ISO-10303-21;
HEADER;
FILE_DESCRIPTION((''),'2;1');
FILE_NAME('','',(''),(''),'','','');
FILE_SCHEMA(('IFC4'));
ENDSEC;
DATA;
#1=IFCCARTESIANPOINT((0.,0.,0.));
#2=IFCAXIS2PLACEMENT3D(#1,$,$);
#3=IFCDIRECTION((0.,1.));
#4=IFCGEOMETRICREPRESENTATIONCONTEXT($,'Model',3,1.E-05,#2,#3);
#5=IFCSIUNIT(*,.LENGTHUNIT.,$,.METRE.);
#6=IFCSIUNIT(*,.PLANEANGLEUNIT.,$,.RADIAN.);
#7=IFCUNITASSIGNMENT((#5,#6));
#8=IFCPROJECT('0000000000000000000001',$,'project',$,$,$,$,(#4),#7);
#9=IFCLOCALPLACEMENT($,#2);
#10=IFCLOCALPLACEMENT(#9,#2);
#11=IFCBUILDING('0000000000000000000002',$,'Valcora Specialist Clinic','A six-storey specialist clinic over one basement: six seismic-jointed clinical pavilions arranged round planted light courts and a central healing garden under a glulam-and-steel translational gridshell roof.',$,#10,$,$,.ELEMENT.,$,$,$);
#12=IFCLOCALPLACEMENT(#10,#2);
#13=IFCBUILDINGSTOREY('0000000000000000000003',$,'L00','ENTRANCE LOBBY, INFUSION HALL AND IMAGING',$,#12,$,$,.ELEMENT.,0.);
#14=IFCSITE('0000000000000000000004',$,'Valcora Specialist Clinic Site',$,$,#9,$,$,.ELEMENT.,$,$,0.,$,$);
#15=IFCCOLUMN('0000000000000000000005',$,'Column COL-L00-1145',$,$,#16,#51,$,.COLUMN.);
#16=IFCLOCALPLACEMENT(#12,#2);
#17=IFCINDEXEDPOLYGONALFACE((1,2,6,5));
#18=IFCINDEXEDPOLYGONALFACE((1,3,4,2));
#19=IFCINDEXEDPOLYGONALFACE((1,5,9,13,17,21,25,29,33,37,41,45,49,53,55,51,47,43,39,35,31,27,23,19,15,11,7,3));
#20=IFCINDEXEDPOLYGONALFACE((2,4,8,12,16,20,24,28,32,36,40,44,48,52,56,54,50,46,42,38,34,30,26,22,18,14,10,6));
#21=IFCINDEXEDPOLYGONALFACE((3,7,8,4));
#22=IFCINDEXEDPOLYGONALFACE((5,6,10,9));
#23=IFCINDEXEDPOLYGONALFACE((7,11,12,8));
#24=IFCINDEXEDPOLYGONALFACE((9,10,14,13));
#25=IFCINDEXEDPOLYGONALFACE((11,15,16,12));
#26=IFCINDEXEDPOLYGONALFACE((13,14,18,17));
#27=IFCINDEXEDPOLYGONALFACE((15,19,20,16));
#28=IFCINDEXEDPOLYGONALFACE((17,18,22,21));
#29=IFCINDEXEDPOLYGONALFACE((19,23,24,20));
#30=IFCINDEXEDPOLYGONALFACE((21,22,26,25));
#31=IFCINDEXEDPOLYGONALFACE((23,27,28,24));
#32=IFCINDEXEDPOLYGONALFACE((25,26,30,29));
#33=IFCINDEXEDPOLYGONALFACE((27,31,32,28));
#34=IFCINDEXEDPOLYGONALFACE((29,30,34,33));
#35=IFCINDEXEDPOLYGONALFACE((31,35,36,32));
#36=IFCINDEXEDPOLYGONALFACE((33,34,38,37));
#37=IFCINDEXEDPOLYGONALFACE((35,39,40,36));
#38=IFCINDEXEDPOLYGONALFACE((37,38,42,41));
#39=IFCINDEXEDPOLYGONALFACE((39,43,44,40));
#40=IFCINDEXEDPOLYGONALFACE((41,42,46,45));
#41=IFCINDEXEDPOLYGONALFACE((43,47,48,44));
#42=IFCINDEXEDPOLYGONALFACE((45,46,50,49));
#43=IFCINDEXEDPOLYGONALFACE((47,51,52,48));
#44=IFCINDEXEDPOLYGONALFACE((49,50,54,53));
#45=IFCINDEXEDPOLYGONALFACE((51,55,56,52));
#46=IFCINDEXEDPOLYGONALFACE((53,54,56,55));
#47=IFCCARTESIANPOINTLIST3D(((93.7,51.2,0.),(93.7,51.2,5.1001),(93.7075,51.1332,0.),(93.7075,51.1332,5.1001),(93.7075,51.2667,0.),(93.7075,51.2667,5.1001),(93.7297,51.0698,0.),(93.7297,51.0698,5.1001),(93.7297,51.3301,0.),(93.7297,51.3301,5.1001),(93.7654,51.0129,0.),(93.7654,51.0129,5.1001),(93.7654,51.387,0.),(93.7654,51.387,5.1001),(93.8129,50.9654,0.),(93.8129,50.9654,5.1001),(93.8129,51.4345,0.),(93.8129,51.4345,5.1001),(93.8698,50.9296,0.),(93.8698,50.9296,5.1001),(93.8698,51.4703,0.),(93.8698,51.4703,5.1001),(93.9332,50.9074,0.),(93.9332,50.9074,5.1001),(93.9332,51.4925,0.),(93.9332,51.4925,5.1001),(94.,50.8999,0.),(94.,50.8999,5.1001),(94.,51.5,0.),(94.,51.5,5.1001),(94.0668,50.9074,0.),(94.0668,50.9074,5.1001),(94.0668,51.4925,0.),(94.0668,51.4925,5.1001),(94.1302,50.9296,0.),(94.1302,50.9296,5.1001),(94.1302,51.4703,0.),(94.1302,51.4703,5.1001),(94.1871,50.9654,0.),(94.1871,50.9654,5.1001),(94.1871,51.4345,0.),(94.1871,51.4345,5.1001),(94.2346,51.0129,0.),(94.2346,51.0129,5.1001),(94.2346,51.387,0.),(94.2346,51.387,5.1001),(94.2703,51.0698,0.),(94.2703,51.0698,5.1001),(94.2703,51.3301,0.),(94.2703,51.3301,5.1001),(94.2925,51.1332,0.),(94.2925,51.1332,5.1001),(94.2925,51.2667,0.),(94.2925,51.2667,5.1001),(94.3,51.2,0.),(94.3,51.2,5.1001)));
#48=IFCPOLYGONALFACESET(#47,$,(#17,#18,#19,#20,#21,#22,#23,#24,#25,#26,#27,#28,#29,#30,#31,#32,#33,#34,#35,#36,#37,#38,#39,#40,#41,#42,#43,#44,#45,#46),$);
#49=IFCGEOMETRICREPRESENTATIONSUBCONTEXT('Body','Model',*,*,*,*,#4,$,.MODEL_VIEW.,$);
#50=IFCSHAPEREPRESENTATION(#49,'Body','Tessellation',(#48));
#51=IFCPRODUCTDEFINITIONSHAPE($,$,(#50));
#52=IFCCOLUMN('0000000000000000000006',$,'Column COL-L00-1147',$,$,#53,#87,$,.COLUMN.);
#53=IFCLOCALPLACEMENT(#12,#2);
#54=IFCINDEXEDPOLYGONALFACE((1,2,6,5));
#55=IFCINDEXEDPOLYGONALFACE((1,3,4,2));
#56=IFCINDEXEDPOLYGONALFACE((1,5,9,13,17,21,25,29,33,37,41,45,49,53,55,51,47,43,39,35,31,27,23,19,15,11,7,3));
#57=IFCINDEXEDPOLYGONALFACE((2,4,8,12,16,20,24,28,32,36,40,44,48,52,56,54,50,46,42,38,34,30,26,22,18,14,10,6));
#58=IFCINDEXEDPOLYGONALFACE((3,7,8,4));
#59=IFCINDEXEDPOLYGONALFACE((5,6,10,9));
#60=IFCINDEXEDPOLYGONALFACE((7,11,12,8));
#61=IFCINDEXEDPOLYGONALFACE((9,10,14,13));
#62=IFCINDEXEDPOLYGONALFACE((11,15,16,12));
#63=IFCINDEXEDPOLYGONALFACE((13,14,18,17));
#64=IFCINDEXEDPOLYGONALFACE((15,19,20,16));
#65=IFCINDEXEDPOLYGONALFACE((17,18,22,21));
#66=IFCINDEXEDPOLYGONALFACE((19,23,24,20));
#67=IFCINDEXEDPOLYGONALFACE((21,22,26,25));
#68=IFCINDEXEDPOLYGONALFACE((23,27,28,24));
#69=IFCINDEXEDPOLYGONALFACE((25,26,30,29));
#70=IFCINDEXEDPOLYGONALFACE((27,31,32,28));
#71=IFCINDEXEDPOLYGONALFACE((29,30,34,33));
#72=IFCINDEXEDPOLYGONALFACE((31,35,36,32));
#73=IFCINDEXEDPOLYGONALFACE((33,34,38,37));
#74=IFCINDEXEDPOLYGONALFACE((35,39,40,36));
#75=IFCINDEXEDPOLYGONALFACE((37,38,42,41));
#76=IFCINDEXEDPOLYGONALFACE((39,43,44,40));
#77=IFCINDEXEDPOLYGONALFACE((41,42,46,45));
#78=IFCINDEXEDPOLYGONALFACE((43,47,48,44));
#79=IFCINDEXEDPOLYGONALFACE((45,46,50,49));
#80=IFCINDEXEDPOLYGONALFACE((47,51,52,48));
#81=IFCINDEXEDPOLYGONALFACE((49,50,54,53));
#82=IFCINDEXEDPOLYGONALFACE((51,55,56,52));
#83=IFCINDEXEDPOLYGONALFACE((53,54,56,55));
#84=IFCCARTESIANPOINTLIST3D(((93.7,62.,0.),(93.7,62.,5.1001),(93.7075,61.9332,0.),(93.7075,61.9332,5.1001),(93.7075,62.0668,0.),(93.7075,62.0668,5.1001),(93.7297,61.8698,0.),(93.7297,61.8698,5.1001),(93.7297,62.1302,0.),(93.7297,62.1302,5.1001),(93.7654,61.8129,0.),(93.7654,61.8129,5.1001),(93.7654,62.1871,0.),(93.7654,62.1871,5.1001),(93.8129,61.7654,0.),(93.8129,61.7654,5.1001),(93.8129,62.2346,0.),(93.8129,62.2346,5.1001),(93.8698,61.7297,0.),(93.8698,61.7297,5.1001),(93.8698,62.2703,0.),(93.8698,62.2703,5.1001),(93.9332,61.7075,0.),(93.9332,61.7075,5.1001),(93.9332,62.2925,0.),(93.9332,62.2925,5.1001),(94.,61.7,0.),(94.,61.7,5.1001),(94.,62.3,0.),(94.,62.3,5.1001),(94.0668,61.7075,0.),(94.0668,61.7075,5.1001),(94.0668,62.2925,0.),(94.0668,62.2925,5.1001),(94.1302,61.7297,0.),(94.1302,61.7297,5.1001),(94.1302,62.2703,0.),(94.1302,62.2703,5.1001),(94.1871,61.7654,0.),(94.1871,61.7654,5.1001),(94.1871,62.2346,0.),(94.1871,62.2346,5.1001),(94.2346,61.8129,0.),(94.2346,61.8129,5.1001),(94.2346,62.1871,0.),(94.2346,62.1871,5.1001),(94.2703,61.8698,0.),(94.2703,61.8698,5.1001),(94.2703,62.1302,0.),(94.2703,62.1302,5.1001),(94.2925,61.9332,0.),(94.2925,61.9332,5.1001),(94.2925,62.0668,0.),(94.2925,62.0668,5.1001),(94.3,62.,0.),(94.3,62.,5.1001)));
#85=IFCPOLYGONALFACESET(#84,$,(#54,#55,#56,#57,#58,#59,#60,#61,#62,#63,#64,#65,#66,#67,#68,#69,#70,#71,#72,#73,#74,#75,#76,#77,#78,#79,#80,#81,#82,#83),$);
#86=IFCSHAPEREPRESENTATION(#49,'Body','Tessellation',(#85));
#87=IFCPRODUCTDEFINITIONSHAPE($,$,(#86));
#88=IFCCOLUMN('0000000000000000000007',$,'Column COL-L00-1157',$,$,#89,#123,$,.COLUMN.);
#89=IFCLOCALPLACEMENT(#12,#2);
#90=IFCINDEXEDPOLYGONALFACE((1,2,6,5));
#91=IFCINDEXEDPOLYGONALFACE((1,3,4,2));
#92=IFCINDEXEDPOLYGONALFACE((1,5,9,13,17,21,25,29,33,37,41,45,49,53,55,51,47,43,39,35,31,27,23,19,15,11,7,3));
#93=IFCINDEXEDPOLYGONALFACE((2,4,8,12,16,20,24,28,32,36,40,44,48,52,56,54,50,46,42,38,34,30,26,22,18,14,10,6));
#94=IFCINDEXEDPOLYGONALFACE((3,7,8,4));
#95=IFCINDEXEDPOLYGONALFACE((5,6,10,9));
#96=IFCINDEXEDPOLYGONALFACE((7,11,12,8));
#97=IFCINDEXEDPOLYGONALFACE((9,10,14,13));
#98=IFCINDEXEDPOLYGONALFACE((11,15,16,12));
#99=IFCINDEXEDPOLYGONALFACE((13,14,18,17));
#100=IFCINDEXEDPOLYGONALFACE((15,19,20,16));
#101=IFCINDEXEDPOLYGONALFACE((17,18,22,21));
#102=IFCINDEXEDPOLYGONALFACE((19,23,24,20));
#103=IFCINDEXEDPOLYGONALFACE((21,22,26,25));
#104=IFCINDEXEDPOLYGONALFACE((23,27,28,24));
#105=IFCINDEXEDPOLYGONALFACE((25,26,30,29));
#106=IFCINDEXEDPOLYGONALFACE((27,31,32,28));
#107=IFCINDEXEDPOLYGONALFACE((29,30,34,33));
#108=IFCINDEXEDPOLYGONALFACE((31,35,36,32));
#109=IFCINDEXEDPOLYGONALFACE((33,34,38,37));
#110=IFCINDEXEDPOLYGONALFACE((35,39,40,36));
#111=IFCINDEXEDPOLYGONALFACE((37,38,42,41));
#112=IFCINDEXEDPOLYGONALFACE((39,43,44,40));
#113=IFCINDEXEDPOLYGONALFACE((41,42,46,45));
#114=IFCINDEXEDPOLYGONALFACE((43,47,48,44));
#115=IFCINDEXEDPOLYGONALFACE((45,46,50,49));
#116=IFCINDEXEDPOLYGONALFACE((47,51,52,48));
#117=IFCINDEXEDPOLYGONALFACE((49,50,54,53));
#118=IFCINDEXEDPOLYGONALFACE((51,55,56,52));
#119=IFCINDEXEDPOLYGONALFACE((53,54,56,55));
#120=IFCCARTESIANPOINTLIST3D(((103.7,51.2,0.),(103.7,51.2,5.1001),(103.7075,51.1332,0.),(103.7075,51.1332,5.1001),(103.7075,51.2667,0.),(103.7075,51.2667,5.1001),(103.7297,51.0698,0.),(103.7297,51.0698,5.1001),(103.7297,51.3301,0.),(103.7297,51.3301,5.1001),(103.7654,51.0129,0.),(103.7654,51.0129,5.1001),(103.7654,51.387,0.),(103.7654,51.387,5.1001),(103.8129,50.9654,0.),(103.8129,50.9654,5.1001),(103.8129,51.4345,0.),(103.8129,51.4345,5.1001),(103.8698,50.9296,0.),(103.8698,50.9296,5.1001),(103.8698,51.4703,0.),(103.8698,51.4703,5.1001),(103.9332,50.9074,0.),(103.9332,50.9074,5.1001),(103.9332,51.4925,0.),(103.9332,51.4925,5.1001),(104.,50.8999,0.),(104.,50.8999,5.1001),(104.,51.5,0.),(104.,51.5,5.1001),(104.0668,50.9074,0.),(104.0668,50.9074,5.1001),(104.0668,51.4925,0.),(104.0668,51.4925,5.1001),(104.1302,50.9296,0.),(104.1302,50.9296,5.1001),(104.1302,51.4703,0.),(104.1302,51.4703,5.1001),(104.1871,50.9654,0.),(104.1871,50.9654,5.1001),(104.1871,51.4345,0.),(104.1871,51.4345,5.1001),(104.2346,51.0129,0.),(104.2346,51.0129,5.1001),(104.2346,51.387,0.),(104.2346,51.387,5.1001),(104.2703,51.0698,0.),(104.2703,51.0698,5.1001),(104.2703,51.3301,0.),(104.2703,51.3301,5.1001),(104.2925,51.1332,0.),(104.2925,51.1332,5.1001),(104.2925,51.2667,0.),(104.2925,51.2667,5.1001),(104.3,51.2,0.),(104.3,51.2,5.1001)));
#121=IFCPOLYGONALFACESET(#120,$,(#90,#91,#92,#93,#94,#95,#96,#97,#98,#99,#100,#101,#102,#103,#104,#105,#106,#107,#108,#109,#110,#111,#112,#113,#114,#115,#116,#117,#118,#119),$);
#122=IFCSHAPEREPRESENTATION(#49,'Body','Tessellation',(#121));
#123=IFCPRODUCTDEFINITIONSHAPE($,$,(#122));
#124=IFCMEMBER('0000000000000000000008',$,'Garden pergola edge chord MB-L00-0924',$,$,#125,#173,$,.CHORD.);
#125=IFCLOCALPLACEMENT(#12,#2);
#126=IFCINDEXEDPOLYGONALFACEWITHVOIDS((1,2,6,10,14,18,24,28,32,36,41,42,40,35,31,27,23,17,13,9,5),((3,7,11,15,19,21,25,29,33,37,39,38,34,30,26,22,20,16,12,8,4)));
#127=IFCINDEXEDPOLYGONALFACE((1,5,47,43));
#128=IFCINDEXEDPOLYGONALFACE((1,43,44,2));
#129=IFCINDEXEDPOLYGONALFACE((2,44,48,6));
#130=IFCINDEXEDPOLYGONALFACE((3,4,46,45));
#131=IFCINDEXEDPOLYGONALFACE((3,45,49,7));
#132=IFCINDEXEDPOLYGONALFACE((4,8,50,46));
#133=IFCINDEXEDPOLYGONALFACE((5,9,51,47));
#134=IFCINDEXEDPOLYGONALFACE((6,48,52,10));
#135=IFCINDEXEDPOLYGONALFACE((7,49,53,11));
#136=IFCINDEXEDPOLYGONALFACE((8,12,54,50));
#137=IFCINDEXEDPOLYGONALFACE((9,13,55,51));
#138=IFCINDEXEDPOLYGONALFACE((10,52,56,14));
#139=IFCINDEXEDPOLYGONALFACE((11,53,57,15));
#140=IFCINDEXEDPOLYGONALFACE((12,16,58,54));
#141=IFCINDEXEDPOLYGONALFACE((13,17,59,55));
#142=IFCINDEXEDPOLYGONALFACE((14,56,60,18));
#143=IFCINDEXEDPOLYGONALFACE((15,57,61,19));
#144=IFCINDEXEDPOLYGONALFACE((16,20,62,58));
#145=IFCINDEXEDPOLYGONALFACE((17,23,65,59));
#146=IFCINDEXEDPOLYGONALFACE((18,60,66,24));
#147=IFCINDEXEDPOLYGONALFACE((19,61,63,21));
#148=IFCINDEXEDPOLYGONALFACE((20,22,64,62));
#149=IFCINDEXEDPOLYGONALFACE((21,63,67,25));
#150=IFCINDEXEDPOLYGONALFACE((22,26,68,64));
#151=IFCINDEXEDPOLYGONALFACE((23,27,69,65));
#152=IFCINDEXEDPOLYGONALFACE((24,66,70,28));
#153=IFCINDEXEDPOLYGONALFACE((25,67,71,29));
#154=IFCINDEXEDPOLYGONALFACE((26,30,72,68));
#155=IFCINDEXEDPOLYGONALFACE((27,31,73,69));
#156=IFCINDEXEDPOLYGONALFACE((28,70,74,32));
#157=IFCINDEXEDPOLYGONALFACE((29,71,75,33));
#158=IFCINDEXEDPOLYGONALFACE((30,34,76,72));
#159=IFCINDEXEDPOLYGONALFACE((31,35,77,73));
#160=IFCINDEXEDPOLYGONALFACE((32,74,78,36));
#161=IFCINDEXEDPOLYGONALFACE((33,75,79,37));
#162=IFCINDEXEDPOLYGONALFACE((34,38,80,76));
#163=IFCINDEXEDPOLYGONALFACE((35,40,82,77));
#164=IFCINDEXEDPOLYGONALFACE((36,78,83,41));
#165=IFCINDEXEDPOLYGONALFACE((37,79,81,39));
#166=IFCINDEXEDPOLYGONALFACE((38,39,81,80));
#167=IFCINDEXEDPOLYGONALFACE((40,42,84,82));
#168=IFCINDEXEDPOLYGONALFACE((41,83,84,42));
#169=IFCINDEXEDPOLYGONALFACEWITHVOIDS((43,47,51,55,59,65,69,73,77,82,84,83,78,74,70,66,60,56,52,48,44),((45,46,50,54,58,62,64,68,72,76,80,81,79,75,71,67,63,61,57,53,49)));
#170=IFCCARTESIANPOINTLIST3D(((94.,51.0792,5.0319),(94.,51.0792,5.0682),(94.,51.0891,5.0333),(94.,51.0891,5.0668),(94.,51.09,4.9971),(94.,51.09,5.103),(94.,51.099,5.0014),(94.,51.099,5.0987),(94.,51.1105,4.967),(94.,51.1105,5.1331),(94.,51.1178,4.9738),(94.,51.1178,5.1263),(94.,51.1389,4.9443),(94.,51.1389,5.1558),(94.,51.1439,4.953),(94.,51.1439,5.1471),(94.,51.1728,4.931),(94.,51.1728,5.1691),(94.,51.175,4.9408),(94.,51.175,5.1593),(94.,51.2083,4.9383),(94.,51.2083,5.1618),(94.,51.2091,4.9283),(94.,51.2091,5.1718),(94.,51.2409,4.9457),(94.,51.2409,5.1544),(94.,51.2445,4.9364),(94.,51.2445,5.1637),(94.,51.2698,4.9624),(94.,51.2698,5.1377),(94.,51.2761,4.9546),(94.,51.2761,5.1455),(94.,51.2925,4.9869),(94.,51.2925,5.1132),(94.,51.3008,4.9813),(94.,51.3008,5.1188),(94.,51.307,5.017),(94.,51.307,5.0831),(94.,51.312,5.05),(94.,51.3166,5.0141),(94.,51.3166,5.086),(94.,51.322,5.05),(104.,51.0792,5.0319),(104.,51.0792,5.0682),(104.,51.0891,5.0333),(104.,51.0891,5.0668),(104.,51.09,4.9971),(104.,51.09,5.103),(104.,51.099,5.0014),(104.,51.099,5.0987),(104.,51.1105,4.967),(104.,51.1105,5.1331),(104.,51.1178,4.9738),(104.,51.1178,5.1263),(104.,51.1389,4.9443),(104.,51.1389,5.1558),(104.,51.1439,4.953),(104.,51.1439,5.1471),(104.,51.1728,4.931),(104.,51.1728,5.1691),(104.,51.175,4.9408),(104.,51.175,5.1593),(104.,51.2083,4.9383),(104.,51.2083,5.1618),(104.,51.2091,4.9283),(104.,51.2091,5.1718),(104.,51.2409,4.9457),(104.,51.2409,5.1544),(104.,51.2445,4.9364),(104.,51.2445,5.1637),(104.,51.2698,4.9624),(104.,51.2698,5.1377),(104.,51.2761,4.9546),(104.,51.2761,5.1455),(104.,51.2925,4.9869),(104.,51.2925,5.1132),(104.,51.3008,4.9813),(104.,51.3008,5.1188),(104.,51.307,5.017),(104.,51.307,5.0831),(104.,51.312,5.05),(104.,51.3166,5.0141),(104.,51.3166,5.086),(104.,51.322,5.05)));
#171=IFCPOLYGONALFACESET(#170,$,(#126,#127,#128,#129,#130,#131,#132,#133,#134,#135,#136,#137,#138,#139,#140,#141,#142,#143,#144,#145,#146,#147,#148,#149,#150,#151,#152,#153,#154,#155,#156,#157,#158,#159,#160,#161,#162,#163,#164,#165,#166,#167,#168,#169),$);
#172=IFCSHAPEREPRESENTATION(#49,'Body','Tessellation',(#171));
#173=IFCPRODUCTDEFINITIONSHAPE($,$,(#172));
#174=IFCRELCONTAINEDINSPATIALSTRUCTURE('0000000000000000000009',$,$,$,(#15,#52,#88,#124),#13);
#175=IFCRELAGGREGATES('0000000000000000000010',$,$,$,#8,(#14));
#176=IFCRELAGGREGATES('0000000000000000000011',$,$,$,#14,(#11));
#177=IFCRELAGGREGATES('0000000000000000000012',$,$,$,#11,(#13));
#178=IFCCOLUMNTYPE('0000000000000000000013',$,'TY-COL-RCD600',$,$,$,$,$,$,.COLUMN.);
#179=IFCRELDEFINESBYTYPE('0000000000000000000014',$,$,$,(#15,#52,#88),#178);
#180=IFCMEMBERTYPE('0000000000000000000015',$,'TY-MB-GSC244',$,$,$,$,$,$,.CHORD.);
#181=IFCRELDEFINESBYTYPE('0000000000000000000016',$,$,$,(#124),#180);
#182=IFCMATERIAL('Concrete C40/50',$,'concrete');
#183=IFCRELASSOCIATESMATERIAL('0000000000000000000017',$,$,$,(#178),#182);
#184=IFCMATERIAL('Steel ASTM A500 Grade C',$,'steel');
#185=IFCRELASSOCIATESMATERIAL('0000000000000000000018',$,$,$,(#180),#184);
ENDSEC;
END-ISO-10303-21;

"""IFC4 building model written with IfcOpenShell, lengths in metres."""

from ifc_helpers import new_model, si_unit, direction, frame, origin, origin_2d, place, context, subcontext, project, spatial, circle, hollow_circle, extrude, material, material_profile, profile_set, type_object, element, save


model = new_model("IFC4")

# Units and contexts
model_context = context("Model", 3, precision=1e-05, world=origin(), true_north=direction((0.0, 1.0)))
body_context = subcontext(model_context, "Body", "Model", "MODEL_VIEW")
ifc_project = project(units=[si_unit("LENGTHUNIT", "METRE"), si_unit("PLANEANGLEUNIT", "RADIAN")], contexts=[model_context])

# Site, building, storey
site_placement = place(None, origin())
site = spatial("IfcSite", under=ifc_project, at=site_placement, Name="Valcora Specialist Clinic Site", CompositionType="ELEMENT", RefElevation=0.0)
building_placement = place(site_placement, origin())
building = spatial("IfcBuilding", under=site, at=building_placement, Name="Valcora Specialist Clinic", Description="A six-storey specialist clinic over one basement: six seismic-jointed clinical pavilions arranged round planted light courts and a central healing garden under a glulam-and-steel translational gridshell roof.", CompositionType="ELEMENT")
storey_placement = place(building_placement, origin())
storey = spatial("IfcBuildingStorey", under=building, at=storey_placement, Name="L00", Description="ENTRANCE LOBBY, INFUSION HALL AND IMAGING", CompositionType="ELEMENT", Elevation=0.0)

# Columns
ifc_material_1 = material(Name="Concrete C40/50", Category="concrete")
ifc_material_profile_1 = material_profile(ifc_material_1, circle(Radius=0.3, at=origin_2d()), Name="RC-COL-D600")
ifc_profile_set_1 = profile_set([ifc_material_profile_1], Name="Concrete C40/50")
column_type = type_object("IfcColumnType", Name="TY-COL-RCD600", PredefinedType="COLUMN", material=ifc_profile_set_1)
for number, where, z_axis, x_axis, name in (
    (1, (94.0, 51.2, 0.0), (0.0, 0.0, 1.0), (1.0, 0.0, 0.0), "Column COL-L00-1145"),
    (2, (94.0, 62.0, 0.0), (0.0, 0.0, 1.0), (1.0, 0.0, 0.0), "Column COL-L00-1147"),
    (3, (104.0, 51.2, 0.0), (0.0, 0.0, 1.0), (1.0, 0.0, 0.0), "Column COL-L00-1157"),
):
    element("IfcColumn", number, at=place(storey_placement, frame(where, z_axis=z_axis, x_axis=x_axis)), inside=storey, type_object=column_type, Name=name, PredefinedType="COLUMN", context=body_context, shape_type="SweptSolid", body=[
        extrude(circle(Radius=0.3, at=origin_2d()), origin(), (0.0, 0.0, 1.0), 5.1001),
    ])

# Member
ifc_material_2 = material(Name="Steel ASTM A500 Grade C", Category="steel")
ifc_material_profile_2 = material_profile(ifc_material_2, hollow_circle(Radius=0.1221, WallThickness=0.01, at=origin_2d()), Name="ST-CHS-244X10")
ifc_profile_set_2 = profile_set([ifc_material_profile_2], Name="Steel ASTM A500 Grade C")
member_type_1 = type_object("IfcMemberType", Name="TY-MB-GSC244", PredefinedType="CHORD", material=ifc_profile_set_2)
for number, where, z_axis, x_axis, name in (
    (4, (94.0, 51.2, 5.05), (1.0, 0.0, 0.0), (0.0, 1.0, 0.0), "Garden pergola edge chord MB-L00-0924"),
):
    element("IfcMember", number, at=place(storey_placement, frame(where, z_axis=z_axis, x_axis=x_axis)), inside=storey, type_object=member_type_1, Name=name, PredefinedType="CHORD", context=body_context, shape_type="SweptSolid", body=[
        extrude(hollow_circle(Radius=0.1221, WallThickness=0.01, at=origin_2d()), origin(), (0.0, 0.0, 1.0), 10.0),
    ])

save(model, "model.ifc")
